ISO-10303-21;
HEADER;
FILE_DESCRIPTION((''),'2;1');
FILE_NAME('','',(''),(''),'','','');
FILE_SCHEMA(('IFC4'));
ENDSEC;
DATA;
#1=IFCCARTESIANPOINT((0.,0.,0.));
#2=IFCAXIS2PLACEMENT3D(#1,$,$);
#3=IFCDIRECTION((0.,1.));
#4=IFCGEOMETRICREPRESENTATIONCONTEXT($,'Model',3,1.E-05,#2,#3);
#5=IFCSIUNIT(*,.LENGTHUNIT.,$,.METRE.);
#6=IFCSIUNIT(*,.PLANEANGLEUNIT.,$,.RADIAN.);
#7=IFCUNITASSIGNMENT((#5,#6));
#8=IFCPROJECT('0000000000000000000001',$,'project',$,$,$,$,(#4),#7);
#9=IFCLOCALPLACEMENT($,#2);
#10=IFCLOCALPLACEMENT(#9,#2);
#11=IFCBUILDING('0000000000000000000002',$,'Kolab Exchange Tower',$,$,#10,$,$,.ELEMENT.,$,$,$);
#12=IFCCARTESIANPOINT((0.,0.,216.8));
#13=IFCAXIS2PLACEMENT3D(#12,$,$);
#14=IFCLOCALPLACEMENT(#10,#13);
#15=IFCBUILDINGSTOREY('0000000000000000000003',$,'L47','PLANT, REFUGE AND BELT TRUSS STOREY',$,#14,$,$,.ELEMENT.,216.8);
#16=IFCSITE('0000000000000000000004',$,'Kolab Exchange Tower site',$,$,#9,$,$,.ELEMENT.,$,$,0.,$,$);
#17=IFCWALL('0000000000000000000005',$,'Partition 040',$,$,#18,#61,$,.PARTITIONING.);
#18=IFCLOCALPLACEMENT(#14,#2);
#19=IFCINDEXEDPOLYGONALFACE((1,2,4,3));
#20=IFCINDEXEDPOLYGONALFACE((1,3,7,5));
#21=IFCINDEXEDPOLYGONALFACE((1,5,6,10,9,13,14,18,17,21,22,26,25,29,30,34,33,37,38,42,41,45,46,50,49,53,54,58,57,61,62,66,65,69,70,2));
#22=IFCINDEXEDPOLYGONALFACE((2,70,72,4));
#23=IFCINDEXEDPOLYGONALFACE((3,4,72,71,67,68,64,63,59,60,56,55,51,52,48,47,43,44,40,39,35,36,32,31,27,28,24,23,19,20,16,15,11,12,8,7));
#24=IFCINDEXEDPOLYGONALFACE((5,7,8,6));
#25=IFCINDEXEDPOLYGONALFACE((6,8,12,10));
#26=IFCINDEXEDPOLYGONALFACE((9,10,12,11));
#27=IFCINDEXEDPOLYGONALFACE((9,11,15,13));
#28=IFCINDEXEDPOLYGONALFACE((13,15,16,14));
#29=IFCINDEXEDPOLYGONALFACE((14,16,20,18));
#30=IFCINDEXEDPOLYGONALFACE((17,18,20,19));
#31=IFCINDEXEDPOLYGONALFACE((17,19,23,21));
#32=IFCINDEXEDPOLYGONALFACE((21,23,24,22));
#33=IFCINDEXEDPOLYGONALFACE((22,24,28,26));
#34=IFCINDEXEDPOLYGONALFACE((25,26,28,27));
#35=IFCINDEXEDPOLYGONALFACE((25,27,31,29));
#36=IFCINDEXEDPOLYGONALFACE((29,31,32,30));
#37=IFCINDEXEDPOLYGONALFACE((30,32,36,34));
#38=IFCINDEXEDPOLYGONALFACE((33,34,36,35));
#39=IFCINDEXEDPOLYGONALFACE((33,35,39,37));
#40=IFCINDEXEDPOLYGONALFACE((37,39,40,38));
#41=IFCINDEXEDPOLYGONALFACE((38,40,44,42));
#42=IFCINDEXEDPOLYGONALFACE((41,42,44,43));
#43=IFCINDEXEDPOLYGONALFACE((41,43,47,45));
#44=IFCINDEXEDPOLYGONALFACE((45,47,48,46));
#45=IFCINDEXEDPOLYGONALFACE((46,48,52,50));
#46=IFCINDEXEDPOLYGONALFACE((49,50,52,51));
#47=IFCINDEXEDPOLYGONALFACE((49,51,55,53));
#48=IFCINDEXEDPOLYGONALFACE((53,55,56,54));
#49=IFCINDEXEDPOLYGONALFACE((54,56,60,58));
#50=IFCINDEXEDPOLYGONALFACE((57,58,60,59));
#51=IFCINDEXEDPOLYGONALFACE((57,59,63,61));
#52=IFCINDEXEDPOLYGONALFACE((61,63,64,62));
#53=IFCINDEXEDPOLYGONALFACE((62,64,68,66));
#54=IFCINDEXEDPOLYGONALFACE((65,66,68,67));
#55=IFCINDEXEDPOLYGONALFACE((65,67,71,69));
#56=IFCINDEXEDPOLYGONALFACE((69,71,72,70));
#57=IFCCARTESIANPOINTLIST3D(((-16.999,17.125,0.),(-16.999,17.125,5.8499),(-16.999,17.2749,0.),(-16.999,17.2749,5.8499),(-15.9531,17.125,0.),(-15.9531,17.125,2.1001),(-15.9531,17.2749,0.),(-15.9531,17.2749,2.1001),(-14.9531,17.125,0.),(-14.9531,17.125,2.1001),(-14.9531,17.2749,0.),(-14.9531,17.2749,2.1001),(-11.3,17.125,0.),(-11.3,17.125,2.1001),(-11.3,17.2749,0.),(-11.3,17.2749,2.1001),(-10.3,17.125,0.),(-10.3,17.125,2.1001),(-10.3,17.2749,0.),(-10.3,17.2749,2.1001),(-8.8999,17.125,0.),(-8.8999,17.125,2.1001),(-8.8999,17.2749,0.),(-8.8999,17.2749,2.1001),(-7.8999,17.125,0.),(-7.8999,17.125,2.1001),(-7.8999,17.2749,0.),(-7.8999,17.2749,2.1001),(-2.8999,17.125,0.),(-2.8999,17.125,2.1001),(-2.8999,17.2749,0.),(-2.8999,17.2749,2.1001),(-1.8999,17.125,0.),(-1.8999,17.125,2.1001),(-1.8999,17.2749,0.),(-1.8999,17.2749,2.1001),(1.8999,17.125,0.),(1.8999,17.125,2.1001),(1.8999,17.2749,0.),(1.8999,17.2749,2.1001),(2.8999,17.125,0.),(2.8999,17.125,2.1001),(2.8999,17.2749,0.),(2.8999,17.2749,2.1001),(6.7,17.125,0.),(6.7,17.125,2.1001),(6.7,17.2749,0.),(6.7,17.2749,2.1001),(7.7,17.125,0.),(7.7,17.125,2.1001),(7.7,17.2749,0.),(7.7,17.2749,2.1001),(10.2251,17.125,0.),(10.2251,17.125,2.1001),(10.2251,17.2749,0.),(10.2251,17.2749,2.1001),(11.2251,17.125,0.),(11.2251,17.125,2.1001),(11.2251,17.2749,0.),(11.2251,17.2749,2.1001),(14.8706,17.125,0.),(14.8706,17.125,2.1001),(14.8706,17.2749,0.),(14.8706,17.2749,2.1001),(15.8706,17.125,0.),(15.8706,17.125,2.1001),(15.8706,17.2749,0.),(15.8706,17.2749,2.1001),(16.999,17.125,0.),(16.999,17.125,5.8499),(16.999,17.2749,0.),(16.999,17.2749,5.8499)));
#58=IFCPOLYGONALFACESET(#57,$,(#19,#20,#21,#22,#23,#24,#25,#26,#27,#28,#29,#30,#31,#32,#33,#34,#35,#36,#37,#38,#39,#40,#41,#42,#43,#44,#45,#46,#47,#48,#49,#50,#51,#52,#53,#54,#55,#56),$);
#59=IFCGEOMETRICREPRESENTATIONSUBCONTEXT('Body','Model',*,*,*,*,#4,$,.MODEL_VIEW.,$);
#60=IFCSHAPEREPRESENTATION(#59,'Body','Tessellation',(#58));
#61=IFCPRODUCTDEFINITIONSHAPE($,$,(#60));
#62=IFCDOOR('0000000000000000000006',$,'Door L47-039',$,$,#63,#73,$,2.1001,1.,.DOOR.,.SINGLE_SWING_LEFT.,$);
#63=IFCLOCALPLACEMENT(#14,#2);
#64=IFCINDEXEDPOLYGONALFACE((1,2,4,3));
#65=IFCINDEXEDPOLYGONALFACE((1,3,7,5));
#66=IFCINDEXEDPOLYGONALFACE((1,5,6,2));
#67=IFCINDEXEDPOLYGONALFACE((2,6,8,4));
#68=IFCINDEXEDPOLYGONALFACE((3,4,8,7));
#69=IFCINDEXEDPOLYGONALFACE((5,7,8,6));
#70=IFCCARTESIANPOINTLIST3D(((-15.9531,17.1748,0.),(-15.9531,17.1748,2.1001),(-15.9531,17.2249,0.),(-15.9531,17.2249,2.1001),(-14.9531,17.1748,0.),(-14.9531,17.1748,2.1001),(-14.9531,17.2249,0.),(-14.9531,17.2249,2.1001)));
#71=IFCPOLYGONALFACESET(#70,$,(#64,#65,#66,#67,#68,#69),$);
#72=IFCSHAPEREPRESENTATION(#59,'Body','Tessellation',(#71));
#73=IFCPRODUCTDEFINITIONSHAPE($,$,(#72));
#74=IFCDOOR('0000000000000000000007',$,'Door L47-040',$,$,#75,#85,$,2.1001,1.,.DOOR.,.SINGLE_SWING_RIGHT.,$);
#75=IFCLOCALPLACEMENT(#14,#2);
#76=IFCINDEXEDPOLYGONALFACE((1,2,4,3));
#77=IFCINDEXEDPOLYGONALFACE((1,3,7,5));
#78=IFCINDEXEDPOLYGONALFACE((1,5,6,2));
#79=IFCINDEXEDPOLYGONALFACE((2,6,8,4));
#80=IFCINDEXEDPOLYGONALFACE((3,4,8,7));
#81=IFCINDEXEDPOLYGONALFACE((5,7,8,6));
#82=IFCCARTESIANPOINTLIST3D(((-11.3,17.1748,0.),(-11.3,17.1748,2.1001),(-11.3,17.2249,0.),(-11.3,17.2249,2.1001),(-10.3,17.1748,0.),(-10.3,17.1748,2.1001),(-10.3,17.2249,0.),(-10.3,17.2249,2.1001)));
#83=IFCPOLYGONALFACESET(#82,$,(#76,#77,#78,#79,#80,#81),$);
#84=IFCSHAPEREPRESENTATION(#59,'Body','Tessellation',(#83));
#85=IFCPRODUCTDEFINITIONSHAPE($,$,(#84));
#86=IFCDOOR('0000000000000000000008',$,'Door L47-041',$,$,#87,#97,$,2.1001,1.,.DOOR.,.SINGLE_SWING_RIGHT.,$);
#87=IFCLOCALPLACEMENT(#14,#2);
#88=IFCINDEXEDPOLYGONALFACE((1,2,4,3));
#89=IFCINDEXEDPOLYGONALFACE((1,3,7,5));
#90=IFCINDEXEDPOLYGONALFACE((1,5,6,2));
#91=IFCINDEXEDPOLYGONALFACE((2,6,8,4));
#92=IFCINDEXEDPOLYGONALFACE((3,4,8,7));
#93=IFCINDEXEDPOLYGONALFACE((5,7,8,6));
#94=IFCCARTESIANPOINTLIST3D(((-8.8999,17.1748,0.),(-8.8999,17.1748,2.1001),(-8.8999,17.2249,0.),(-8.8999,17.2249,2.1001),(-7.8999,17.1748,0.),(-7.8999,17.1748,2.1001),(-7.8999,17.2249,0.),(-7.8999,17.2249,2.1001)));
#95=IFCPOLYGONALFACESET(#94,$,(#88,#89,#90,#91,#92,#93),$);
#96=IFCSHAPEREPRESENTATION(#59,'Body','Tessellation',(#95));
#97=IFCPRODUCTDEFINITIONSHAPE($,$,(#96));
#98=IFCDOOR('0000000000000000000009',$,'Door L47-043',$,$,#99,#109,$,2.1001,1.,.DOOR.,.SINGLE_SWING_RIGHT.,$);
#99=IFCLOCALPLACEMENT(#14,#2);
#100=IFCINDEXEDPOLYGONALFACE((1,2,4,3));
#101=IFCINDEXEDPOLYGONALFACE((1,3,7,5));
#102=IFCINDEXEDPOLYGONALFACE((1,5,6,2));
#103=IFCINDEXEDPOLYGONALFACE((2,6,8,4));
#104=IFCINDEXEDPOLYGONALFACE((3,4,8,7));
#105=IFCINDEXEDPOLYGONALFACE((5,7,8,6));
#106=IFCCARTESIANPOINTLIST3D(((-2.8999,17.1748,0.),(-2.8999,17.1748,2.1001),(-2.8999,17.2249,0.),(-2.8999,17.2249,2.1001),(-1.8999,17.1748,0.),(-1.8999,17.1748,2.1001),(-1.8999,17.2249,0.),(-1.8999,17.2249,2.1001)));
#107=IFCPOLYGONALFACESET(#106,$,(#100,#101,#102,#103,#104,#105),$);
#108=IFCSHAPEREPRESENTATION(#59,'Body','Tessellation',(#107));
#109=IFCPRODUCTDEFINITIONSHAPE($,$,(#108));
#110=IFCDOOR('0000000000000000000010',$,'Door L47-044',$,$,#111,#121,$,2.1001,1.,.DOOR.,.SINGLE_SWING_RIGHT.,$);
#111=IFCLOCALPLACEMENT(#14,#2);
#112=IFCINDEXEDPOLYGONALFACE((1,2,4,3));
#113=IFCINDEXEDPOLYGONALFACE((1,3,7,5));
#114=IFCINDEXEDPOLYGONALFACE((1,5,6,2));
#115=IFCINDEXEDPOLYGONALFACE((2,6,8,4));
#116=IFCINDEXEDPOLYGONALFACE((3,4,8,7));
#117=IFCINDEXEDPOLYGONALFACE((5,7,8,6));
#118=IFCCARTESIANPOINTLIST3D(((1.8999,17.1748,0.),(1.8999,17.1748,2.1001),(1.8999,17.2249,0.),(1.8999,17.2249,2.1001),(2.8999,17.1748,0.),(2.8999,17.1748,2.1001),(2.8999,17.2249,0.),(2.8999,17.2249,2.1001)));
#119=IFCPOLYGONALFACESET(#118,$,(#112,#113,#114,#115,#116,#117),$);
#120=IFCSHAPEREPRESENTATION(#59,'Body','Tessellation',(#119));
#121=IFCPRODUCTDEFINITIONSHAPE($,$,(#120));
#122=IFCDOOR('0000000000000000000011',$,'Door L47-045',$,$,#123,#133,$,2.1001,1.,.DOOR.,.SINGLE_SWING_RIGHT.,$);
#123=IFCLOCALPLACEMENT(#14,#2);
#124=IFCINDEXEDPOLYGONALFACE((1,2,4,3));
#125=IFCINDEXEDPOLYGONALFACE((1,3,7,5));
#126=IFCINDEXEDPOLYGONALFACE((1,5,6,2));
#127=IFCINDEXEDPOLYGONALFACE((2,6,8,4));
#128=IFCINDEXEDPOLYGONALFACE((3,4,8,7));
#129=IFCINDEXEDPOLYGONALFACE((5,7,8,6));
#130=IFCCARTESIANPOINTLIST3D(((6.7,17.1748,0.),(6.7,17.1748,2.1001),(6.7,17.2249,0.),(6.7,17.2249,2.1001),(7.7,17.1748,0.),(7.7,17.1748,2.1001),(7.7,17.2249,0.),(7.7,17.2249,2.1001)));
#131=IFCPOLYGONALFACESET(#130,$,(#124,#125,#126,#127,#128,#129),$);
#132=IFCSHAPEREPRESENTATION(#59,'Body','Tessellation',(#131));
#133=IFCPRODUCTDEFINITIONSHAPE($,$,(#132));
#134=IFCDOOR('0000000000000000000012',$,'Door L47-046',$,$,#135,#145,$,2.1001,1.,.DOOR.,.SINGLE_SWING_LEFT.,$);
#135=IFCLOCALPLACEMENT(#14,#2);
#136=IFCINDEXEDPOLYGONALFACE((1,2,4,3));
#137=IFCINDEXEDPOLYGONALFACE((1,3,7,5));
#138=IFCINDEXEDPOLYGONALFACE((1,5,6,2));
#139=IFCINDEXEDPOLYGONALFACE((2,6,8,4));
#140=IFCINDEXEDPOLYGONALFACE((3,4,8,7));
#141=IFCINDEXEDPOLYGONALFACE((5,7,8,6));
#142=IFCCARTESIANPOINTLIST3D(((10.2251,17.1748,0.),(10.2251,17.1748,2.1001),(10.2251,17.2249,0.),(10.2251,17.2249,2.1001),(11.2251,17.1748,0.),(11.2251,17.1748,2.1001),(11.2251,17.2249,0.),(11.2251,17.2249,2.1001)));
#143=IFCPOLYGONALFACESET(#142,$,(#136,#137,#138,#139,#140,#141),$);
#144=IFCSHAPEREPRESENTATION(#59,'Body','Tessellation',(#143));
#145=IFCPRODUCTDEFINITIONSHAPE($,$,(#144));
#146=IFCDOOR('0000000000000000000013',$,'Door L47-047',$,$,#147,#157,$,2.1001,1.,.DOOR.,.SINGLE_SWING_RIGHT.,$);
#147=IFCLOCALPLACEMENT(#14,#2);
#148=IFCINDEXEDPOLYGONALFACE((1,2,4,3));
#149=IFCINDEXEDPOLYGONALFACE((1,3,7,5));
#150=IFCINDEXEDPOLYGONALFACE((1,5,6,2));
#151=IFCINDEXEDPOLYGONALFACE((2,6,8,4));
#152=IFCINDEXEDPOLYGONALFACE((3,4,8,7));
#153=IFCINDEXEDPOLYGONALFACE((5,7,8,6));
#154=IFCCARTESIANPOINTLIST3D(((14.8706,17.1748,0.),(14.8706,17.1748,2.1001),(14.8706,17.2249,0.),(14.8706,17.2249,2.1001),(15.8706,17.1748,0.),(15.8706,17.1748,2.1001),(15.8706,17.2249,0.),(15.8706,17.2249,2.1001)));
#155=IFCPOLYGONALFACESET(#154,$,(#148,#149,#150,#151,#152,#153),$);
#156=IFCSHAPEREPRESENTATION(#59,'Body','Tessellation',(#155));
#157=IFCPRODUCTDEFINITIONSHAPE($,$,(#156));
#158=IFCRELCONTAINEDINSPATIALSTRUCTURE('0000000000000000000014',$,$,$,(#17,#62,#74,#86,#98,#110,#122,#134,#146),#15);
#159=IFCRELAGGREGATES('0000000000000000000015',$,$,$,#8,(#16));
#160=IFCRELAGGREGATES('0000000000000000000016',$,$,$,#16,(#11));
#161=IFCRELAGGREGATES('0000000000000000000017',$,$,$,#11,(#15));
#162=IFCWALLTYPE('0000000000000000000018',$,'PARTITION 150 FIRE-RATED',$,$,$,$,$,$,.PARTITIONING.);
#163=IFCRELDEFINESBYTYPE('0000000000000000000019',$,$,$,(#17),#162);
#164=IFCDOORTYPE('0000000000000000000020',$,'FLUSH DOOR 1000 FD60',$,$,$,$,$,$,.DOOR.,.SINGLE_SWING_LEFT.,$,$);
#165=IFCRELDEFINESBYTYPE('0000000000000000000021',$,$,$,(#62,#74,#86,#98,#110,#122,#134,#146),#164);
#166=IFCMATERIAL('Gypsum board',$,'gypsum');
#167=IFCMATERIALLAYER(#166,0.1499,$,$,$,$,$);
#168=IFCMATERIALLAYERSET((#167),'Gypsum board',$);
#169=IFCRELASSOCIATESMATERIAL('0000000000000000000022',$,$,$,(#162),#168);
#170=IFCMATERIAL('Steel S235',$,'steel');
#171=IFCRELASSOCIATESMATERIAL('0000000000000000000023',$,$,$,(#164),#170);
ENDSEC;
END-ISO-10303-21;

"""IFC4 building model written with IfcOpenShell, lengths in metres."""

from ifc_helpers import new_model, si_unit, direction, frame, frame_2d, origin, place, context, subcontext, project, spatial, rectangle, extrude, material, layer, layer_set, type_object, element, fill, save


model = new_model("IFC4")

# Units and contexts
model_context = context("Model", 3, precision=1e-05, world=origin(), true_north=direction((0.0, 1.0)))
body_context = subcontext(model_context, "Body", "Model", "MODEL_VIEW")
ifc_project = project(units=[si_unit("LENGTHUNIT", "METRE"), si_unit("PLANEANGLEUNIT", "RADIAN")], contexts=[model_context])

# Site, building, storey
site_placement = place(None, origin())
site = spatial("IfcSite", under=ifc_project, at=site_placement, Name="Kolab Exchange Tower site", CompositionType="ELEMENT", RefElevation=0.0)
building_placement = place(site_placement, origin())
building = spatial("IfcBuilding", under=site, at=building_placement, Name="Kolab Exchange Tower", CompositionType="ELEMENT")
storey_placement = place(building_placement, frame((0.0, 0.0, 216.8)))
storey = spatial("IfcBuildingStorey", under=building, at=storey_placement, Name="L47", Description="PLANT, REFUGE AND BELT TRUSS STOREY", CompositionType="ELEMENT", Elevation=216.8)

# Shared definitions
ifc_material_1 = material(Name="Gypsum board", Category="gypsum")
ifc_layer = layer(ifc_material_1, 0.1499)
ifc_layer_set = layer_set([ifc_layer], Name="Gypsum board")
wall_type = type_object("IfcWallType", Name="PARTITION 150 FIRE-RATED", PredefinedType="PARTITIONING", material=ifc_layer_set)

# Wall, openings, doors
wall_1_placement = place(storey_placement, frame((-16.999, 17.2, 0.0), z_axis=(0.0, 0.0, 1.0), x_axis=(1.0, 0.0, 0.0)))
wall_1 = element("IfcWall", 1, at=wall_1_placement, inside=storey, type_object=wall_type, Name="Partition 040", PredefinedType="PARTITIONING", context=body_context, shape_type="SweptSolid", body=[
    extrude(rectangle(XDim=33.998, YDim=0.1499, at=frame_2d((16.999, 0.0))), origin(), (0.0, 0.0, 1.0), 5.8499),
])
opening_1_placement = place(wall_1_placement, frame((1.0459, 0.0, 0.0)))
opening_1 = element("IfcOpeningElement", 2, at=opening_1_placement, cuts=wall_1, PredefinedType="OPENING", context=body_context, shape_type="SweptSolid", body=[
    extrude(rectangle(XDim=1.0, YDim=2.1001, at=frame_2d((0.5, 1.05))), frame((0.0, 0.085, 0.0), z_axis=(0.0, -1.0, 0.0), x_axis=(1.0, 0.0, 0.0)), (0.0, 0.0, 1.0), 0.1699),
])
opening_2_placement = place(wall_1_placement, frame((5.699, 0.0, 0.0)))
opening_2 = element("IfcOpeningElement", 3, at=opening_2_placement, cuts=wall_1, PredefinedType="OPENING", context=body_context, shape_type="SweptSolid", body=[
    extrude(rectangle(XDim=1.0, YDim=2.1001, at=frame_2d((0.5, 1.05))), frame((0.0, 0.085, 0.0), z_axis=(0.0, -1.0, 0.0), x_axis=(1.0, 0.0, 0.0)), (0.0, 0.0, 1.0), 0.1699),
])
opening_3_placement = place(wall_1_placement, frame((8.0991, 0.0, 0.0)))
opening_3 = element("IfcOpeningElement", 4, at=opening_3_placement, cuts=wall_1, PredefinedType="OPENING", context=body_context, shape_type="SweptSolid", body=[
    extrude(rectangle(XDim=1.0, YDim=2.1001, at=frame_2d((0.5, 1.05))), frame((0.0, 0.085, 0.0), z_axis=(0.0, -1.0, 0.0), x_axis=(1.0, 0.0, 0.0)), (0.0, 0.0, 1.0), 0.1699),
])
opening_4_placement = place(wall_1_placement, frame((14.0991, 0.0, 0.0)))
opening_4 = element("IfcOpeningElement", 5, at=opening_4_placement, cuts=wall_1, PredefinedType="OPENING", context=body_context, shape_type="SweptSolid", body=[
    extrude(rectangle(XDim=1.0, YDim=2.1001, at=frame_2d((0.5, 1.05))), frame((0.0, 0.085, 0.0), z_axis=(0.0, -1.0, 0.0), x_axis=(1.0, 0.0, 0.0)), (0.0, 0.0, 1.0), 0.1699),
])
opening_5_placement = place(wall_1_placement, frame((18.8989, 0.0, 0.0)))
opening_5 = element("IfcOpeningElement", 6, at=opening_5_placement, cuts=wall_1, PredefinedType="OPENING", context=body_context, shape_type="SweptSolid", body=[
    extrude(rectangle(XDim=1.0, YDim=2.1001, at=frame_2d((0.5, 1.05))), frame((0.0, 0.085, 0.0), z_axis=(0.0, -1.0, 0.0), x_axis=(1.0, 0.0, 0.0)), (0.0, 0.0, 1.0), 0.1699),
])
opening_6_placement = place(wall_1_placement, frame((23.699, 0.0, 0.0)))
opening_6 = element("IfcOpeningElement", 7, at=opening_6_placement, cuts=wall_1, PredefinedType="OPENING", context=body_context, shape_type="SweptSolid", body=[
    extrude(rectangle(XDim=1.0, YDim=2.1001, at=frame_2d((0.5, 1.05))), frame((0.0, 0.085, 0.0), z_axis=(0.0, -1.0, 0.0), x_axis=(1.0, 0.0, 0.0)), (0.0, 0.0, 1.0), 0.1699),
])
opening_7_placement = place(wall_1_placement, frame((27.2241, 0.0, 0.0)))
opening_7 = element("IfcOpeningElement", 8, at=opening_7_placement, cuts=wall_1, PredefinedType="OPENING", context=body_context, shape_type="SweptSolid", body=[
    extrude(rectangle(XDim=1.0, YDim=2.1001, at=frame_2d((0.5, 1.05))), frame((0.0, 0.085, 0.0), z_axis=(0.0, -1.0, 0.0), x_axis=(1.0, 0.0, 0.0)), (0.0, 0.0, 1.0), 0.1699),
])
opening_8_placement = place(wall_1_placement, frame((31.8696, 0.0, 0.0)))
opening_8 = element("IfcOpeningElement", 9, at=opening_8_placement, cuts=wall_1, PredefinedType="OPENING", context=body_context, shape_type="SweptSolid", body=[
    extrude(rectangle(XDim=1.0, YDim=2.1001, at=frame_2d((0.5, 1.05))), frame((0.0, 0.085, 0.0), z_axis=(0.0, -1.0, 0.0), x_axis=(1.0, 0.0, 0.0)), (0.0, 0.0, 1.0), 0.1699),
])
ifc_material_2 = material(Name="Steel S235", Category="steel")
door_type = type_object("IfcDoorType", Name="FLUSH DOOR 1000 FD60", OperationType="SINGLE_SWING_LEFT", PredefinedType="DOOR", material=ifc_material_2)
door_1_placement = place(opening_1_placement, origin())
door_1 = element("IfcDoor", 10, at=door_1_placement, inside=storey, type_object=door_type, Name="Door L47-039", OperationType="SINGLE_SWING_LEFT", OverallHeight=2.1001, OverallWidth=1.0, PredefinedType="DOOR", context=body_context, shape_type="SweptSolid", body=[
    extrude(rectangle(XDim=1.0, YDim=2.1001, at=frame_2d((0.5, 1.05))), frame((0.0, 0.0249, 0.0), z_axis=(0.0, -1.0, 0.0), x_axis=(1.0, 0.0, 0.0)), (0.0, 0.0, 1.0), 0.05),
])
fill(opening_1, door_1)
door_2_placement = place(opening_2_placement, origin())
door_2 = element("IfcDoor", 11, at=door_2_placement, inside=storey, type_object=door_type, Name="Door L47-040", OperationType="SINGLE_SWING_RIGHT", OverallHeight=2.1001, OverallWidth=1.0, PredefinedType="DOOR", context=body_context, shape_type="SweptSolid", body=[
    extrude(rectangle(XDim=1.0, YDim=2.1001, at=frame_2d((0.5, 1.05))), frame((0.0, 0.0249, 0.0), z_axis=(0.0, -1.0, 0.0), x_axis=(1.0, 0.0, 0.0)), (0.0, 0.0, 1.0), 0.05),
])
fill(opening_2, door_2)
door_3_placement = place(opening_3_placement, origin())
door_3 = element("IfcDoor", 12, at=door_3_placement, inside=storey, type_object=door_type, Name="Door L47-041", OperationType="SINGLE_SWING_RIGHT", OverallHeight=2.1001, OverallWidth=1.0, PredefinedType="DOOR", context=body_context, shape_type="SweptSolid", body=[
    extrude(rectangle(XDim=1.0, YDim=2.1001, at=frame_2d((0.5, 1.05))), frame((0.0, 0.0249, 0.0), z_axis=(0.0, -1.0, 0.0), x_axis=(1.0, 0.0, 0.0)), (0.0, 0.0, 1.0), 0.05),
])
fill(opening_3, door_3)
door_4_placement = place(opening_4_placement, origin())
door_4 = element("IfcDoor", 13, at=door_4_placement, inside=storey, type_object=door_type, Name="Door L47-043", OperationType="SINGLE_SWING_RIGHT", OverallHeight=2.1001, OverallWidth=1.0, PredefinedType="DOOR", context=body_context, shape_type="SweptSolid", body=[
    extrude(rectangle(XDim=1.0, YDim=2.1001, at=frame_2d((0.5, 1.05))), frame((0.0, 0.0249, 0.0), z_axis=(0.0, -1.0, 0.0), x_axis=(1.0, 0.0, 0.0)), (0.0, 0.0, 1.0), 0.05),
])
fill(opening_4, door_4)
door_5_placement = place(opening_5_placement, origin())
door_5 = element("IfcDoor", 14, at=door_5_placement, inside=storey, type_object=door_type, Name="Door L47-044", OperationType="SINGLE_SWING_RIGHT", OverallHeight=2.1001, OverallWidth=1.0, PredefinedType="DOOR", context=body_context, shape_type="SweptSolid", body=[
    extrude(rectangle(XDim=1.0, YDim=2.1001, at=frame_2d((0.5, 1.05))), frame((0.0, 0.0249, 0.0), z_axis=(0.0, -1.0, 0.0), x_axis=(1.0, 0.0, 0.0)), (0.0, 0.0, 1.0), 0.05),
])
fill(opening_5, door_5)
door_6_placement = place(opening_6_placement, origin())
door_6 = element("IfcDoor", 15, at=door_6_placement, inside=storey, type_object=door_type, Name="Door L47-045", OperationType="SINGLE_SWING_RIGHT", OverallHeight=2.1001, OverallWidth=1.0, PredefinedType="DOOR", context=body_context, shape_type="SweptSolid", body=[
    extrude(rectangle(XDim=1.0, YDim=2.1001, at=frame_2d((0.5, 1.05))), frame((0.0, 0.0249, 0.0), z_axis=(0.0, -1.0, 0.0), x_axis=(1.0, 0.0, 0.0)), (0.0, 0.0, 1.0), 0.05),
])
fill(opening_6, door_6)
door_7_placement = place(opening_7_placement, origin())
door_7 = element("IfcDoor", 16, at=door_7_placement, inside=storey, type_object=door_type, Name="Door L47-046", OperationType="SINGLE_SWING_LEFT", OverallHeight=2.1001, OverallWidth=1.0, PredefinedType="DOOR", context=body_context, shape_type="SweptSolid", body=[
    extrude(rectangle(XDim=1.0, YDim=2.1001, at=frame_2d((0.5, 1.05))), frame((0.0, 0.0249, 0.0), z_axis=(0.0, -1.0, 0.0), x_axis=(1.0, 0.0, 0.0)), (0.0, 0.0, 1.0), 0.05),
])
fill(opening_7, door_7)
door_8_placement = place(opening_8_placement, origin())
door_8 = element("IfcDoor", 17, at=door_8_placement, inside=storey, type_object=door_type, Name="Door L47-047", OperationType="SINGLE_SWING_RIGHT", OverallHeight=2.1001, OverallWidth=1.0, PredefinedType="DOOR", context=body_context, shape_type="SweptSolid", body=[
    extrude(rectangle(XDim=1.0, YDim=2.1001, at=frame_2d((0.5, 1.05))), frame((0.0, 0.0249, 0.0), z_axis=(0.0, -1.0, 0.0), x_axis=(1.0, 0.0, 0.0)), (0.0, 0.0, 1.0), 0.05),
])
fill(opening_8, door_8)

save(model, "model.ifc")
